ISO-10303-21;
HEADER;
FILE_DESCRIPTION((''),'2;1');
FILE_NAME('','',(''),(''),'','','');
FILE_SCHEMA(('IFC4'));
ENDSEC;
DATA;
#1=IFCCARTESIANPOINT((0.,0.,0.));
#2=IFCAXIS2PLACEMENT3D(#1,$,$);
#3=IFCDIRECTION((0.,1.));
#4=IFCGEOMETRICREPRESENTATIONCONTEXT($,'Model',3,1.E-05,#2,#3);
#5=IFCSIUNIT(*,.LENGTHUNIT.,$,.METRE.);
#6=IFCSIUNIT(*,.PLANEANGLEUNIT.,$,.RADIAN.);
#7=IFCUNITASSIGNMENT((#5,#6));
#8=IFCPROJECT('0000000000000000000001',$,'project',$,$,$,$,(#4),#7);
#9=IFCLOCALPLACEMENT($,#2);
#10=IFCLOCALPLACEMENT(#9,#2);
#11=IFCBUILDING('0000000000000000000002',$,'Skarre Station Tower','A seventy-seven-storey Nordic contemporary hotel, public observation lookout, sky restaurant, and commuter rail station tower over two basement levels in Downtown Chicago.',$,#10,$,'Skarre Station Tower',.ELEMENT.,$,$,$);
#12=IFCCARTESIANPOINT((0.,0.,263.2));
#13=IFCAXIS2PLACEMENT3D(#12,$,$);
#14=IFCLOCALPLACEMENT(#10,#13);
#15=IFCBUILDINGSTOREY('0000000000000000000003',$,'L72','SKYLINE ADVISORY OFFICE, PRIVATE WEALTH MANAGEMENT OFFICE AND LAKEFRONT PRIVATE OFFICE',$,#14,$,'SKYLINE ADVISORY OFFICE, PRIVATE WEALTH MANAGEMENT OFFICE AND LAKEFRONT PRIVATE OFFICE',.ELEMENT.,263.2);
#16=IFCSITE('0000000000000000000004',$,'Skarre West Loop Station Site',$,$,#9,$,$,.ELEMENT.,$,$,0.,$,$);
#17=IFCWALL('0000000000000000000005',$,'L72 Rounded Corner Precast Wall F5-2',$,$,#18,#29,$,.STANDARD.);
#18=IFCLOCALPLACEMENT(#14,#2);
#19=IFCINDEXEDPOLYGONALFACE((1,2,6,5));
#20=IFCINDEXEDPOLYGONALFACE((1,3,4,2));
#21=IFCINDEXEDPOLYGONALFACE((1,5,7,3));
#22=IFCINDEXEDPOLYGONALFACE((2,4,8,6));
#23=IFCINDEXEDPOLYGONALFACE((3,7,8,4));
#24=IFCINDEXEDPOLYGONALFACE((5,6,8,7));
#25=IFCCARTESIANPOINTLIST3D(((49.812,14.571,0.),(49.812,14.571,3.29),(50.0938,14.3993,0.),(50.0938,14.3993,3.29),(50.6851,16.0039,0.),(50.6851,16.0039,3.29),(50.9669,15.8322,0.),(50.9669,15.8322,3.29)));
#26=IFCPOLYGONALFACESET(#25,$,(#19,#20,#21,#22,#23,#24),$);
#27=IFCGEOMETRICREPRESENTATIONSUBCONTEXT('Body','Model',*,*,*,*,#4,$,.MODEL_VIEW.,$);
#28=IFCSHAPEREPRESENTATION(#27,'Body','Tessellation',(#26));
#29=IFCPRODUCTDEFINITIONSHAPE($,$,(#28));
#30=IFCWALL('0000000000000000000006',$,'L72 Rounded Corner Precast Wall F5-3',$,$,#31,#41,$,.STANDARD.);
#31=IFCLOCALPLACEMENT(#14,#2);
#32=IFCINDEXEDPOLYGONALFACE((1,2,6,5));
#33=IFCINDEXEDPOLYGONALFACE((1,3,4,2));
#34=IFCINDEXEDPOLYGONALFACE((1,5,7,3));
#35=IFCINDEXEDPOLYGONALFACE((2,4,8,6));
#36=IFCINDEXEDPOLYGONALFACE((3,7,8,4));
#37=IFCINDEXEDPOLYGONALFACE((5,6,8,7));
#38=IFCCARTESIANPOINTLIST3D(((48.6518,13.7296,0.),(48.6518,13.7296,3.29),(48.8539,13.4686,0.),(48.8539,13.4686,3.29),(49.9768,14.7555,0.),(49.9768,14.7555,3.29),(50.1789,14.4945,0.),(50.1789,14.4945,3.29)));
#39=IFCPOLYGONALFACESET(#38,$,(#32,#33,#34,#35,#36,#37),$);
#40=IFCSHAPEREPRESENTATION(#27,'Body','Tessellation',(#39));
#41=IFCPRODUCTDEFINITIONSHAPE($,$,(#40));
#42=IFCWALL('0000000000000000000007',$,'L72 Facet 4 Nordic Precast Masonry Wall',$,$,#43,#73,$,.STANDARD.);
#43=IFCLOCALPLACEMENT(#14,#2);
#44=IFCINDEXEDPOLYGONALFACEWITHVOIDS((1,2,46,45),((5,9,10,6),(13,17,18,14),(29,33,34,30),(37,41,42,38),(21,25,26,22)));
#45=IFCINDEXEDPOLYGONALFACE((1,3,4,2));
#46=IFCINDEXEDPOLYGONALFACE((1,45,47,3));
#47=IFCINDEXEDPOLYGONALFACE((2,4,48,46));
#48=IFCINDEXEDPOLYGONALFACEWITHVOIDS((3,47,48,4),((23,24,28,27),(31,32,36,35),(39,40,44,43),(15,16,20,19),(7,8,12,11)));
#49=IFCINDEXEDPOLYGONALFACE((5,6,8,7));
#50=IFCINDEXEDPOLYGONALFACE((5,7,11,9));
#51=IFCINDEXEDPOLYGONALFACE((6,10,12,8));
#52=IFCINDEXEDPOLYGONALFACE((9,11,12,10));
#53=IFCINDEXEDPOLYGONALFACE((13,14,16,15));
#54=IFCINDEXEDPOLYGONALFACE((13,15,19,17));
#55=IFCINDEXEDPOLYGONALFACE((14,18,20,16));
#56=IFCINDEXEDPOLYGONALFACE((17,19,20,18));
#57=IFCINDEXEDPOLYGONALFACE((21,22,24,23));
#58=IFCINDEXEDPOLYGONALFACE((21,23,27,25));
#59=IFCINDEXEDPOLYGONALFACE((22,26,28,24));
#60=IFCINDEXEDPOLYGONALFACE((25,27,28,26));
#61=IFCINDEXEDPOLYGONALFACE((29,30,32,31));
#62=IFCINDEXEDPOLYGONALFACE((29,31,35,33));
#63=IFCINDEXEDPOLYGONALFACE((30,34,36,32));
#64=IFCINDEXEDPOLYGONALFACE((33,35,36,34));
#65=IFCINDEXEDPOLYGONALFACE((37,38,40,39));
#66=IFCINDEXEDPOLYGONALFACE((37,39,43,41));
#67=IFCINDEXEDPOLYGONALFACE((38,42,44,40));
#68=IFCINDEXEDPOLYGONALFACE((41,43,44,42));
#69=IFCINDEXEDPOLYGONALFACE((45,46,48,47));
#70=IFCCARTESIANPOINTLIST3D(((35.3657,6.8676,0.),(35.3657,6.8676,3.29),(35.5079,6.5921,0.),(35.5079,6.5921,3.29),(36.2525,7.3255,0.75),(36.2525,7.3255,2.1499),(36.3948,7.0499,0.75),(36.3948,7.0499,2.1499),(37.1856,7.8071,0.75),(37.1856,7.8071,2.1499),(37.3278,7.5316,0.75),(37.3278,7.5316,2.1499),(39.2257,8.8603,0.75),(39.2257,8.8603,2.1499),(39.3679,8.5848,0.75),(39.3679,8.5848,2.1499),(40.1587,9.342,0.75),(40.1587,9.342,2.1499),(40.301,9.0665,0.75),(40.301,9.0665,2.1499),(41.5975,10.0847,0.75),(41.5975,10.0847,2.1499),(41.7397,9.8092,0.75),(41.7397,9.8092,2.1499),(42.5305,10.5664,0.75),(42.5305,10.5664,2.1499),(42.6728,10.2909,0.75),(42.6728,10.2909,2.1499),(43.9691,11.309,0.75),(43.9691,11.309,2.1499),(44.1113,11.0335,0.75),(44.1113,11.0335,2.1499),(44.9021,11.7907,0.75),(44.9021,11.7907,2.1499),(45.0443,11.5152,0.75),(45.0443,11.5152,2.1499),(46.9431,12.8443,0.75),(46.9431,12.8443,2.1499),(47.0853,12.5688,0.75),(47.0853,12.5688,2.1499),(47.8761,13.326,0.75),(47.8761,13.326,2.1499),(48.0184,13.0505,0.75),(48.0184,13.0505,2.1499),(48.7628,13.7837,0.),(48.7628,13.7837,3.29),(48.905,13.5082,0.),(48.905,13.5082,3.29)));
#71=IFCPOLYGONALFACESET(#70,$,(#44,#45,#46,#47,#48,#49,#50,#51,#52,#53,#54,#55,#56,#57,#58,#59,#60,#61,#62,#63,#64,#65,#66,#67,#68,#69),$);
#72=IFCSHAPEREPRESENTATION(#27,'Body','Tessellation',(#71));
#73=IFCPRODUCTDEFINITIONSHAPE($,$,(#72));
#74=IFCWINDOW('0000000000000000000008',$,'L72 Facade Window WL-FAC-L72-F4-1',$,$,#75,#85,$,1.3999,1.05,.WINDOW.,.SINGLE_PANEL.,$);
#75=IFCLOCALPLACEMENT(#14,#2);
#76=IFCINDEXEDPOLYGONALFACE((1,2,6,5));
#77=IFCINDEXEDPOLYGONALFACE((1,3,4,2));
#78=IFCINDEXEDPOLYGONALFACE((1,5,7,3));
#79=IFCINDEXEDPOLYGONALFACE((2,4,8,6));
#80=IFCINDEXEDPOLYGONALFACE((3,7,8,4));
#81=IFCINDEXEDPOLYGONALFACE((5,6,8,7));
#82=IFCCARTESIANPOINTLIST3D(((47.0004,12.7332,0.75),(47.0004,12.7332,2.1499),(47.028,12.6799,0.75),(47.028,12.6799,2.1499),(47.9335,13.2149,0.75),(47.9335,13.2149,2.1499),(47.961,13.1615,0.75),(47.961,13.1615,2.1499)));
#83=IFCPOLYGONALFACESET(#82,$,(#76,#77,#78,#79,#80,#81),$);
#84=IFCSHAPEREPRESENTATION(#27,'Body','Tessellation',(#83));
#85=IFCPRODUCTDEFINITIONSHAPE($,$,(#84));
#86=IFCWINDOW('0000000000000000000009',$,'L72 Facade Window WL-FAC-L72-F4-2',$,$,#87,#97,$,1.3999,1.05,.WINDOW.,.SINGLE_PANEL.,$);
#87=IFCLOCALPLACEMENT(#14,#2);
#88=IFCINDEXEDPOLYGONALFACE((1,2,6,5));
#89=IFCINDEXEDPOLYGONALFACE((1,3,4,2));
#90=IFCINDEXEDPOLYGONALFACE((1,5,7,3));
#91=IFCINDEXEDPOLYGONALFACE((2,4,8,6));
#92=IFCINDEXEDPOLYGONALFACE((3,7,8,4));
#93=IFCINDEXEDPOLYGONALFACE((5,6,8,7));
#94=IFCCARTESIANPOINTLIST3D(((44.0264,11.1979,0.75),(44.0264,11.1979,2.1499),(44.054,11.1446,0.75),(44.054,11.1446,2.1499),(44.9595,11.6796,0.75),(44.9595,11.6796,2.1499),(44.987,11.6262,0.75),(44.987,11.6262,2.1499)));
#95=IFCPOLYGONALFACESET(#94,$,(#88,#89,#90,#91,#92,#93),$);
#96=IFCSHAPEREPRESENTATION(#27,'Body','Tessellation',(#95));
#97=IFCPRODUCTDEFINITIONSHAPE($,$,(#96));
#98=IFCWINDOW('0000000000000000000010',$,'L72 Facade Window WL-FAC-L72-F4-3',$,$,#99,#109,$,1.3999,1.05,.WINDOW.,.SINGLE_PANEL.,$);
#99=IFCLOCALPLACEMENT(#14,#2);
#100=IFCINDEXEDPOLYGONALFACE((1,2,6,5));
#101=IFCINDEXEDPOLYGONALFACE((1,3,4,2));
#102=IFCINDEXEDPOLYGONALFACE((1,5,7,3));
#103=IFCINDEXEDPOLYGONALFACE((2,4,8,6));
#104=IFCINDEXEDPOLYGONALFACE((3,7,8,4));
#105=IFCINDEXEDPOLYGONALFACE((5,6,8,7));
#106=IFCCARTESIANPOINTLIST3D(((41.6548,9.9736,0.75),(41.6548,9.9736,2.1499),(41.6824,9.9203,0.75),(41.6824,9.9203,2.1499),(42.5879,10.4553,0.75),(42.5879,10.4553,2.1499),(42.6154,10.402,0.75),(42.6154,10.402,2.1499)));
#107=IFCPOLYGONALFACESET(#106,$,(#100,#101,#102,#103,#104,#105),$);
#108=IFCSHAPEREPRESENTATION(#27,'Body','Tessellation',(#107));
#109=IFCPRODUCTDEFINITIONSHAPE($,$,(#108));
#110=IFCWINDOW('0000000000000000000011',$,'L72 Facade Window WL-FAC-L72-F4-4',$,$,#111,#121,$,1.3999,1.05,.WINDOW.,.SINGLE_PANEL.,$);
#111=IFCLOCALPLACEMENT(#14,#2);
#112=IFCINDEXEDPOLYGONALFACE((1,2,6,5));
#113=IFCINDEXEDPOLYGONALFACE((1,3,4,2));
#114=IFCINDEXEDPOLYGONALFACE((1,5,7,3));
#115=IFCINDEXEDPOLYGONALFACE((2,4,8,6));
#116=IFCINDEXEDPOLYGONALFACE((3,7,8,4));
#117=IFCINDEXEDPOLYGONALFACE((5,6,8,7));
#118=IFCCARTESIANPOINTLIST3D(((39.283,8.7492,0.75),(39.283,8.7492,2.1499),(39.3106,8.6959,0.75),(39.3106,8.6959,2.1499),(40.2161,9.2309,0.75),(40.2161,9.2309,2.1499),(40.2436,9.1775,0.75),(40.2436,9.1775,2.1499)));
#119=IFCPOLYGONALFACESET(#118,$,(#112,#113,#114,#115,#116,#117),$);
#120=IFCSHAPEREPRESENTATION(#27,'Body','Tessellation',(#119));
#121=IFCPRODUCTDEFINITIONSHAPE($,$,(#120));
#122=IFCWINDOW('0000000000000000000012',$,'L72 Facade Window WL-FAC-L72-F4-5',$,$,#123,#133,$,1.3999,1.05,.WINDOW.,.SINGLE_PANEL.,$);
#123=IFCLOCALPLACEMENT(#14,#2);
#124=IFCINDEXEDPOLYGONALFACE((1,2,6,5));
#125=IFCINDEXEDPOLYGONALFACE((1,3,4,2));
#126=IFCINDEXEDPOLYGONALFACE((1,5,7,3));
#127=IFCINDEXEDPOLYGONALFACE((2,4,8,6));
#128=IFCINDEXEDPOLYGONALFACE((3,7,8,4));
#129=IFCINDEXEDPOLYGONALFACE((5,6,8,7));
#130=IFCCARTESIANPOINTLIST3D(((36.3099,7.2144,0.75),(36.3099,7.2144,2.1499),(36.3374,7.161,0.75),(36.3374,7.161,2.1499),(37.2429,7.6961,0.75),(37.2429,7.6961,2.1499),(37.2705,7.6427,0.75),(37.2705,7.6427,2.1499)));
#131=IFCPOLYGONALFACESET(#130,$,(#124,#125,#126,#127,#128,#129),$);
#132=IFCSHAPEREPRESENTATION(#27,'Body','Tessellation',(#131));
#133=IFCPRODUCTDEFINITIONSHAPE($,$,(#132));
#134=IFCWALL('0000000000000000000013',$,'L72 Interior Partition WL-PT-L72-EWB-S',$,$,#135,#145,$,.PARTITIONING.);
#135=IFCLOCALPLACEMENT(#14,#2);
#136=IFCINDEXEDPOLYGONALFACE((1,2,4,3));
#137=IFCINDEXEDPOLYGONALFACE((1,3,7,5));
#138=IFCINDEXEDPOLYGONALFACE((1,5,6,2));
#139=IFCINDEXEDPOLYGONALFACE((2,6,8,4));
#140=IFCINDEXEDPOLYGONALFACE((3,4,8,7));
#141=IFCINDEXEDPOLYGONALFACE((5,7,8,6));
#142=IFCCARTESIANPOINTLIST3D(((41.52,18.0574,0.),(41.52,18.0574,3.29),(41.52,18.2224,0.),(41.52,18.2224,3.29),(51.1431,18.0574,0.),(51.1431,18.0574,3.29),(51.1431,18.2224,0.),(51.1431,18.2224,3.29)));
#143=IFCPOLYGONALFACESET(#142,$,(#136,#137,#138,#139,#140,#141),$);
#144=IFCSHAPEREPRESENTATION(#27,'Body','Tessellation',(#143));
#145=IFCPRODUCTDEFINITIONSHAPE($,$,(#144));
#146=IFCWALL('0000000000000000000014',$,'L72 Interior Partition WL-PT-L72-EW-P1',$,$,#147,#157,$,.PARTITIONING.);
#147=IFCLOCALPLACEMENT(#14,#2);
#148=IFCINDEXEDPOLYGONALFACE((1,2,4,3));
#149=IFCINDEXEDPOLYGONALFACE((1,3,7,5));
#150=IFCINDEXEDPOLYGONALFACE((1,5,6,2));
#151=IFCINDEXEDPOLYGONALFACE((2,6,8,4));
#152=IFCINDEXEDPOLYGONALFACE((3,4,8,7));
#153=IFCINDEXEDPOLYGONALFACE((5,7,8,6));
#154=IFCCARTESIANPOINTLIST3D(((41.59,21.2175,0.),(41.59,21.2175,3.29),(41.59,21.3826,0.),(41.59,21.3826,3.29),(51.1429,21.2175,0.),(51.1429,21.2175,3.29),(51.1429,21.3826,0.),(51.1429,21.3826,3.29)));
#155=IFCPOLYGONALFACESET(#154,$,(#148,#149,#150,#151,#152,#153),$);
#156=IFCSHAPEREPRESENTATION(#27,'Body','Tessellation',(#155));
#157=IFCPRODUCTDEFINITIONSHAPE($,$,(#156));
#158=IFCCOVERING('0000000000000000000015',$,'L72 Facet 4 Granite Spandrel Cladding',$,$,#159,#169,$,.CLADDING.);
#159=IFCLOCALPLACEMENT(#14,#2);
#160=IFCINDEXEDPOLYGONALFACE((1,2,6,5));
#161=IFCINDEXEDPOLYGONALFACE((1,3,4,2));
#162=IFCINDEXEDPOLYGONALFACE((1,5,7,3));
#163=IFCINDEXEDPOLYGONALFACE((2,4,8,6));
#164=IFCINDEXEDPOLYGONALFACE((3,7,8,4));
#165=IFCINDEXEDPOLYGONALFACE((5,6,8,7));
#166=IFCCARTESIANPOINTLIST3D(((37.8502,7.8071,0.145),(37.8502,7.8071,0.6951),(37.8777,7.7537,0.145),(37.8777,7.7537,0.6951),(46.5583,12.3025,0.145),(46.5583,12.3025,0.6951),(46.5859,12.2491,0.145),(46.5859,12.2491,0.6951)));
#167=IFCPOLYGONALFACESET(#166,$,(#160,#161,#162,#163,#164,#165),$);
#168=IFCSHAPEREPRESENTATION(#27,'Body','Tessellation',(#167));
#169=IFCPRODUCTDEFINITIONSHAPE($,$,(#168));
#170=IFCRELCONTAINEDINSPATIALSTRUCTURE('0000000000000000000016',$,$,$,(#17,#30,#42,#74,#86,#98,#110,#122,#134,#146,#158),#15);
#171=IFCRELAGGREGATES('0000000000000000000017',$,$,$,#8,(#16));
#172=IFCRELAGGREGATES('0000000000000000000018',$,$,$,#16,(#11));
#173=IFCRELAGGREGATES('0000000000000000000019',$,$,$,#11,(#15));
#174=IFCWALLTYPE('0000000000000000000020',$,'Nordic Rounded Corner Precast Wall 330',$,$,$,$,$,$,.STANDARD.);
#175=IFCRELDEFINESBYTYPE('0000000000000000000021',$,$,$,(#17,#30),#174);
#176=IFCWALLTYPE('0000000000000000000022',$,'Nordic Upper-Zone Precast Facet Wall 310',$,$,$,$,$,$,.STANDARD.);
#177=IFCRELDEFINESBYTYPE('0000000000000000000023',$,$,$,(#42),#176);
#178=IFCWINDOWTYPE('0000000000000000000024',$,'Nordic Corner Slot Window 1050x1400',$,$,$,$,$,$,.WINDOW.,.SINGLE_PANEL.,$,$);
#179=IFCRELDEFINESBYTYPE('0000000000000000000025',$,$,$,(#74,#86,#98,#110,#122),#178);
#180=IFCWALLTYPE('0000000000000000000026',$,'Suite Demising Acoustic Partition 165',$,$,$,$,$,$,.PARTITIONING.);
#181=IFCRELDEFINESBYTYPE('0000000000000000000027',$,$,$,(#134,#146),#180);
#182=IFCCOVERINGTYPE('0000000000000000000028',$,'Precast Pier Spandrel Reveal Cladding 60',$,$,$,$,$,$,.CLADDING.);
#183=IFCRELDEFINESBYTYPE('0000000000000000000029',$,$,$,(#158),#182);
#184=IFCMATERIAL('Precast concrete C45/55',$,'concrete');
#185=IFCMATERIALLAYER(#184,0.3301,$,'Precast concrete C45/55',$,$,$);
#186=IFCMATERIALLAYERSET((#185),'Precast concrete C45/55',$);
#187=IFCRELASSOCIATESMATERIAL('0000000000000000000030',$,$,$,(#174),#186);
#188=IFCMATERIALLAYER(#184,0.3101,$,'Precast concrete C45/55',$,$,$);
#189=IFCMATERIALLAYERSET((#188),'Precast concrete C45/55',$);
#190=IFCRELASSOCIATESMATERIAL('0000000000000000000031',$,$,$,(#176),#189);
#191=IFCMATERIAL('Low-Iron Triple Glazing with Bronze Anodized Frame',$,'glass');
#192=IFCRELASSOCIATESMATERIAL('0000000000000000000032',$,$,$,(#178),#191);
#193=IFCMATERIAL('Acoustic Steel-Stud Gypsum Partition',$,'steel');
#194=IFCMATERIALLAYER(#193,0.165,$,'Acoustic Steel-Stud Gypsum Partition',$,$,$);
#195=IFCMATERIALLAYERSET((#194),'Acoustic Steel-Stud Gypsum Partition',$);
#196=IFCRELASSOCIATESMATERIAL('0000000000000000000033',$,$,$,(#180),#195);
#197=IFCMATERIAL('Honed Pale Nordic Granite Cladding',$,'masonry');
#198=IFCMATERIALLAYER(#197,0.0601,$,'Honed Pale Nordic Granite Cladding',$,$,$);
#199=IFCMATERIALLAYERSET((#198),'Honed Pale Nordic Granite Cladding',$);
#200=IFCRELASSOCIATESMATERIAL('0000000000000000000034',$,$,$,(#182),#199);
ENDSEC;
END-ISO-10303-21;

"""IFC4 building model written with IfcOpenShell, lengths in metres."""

from ifc_helpers import new_model, si_unit, direction, frame, frame_2d, origin, origin_2d, place, context, subcontext, project, spatial, rectangle, extrude, material, layer, layer_set, type_object, element, fill, save


model = new_model("IFC4")

# Units and contexts
model_context = context("Model", 3, precision=1e-05, world=origin(), true_north=direction((0.0, 1.0)))
body_context = subcontext(model_context, "Body", "Model", "MODEL_VIEW")
ifc_project = project(units=[si_unit("LENGTHUNIT", "METRE"), si_unit("PLANEANGLEUNIT", "RADIAN")], contexts=[model_context])

# Site, building, storey
site_placement = place(None, origin())
site = spatial("IfcSite", under=ifc_project, at=site_placement, Name="Skarre West Loop Station Site", CompositionType="ELEMENT", RefElevation=0.0)
building_placement = place(site_placement, origin())
building = spatial("IfcBuilding", under=site, at=building_placement, Name="Skarre Station Tower", Description="A seventy-seven-storey Nordic contemporary hotel, public observation lookout, sky restaurant, and commuter rail station tower over two basement levels in Downtown Chicago.", LongName="Skarre Station Tower", CompositionType="ELEMENT")
storey_placement = place(building_placement, frame((0.0, 0.0, 263.2)))
storey = spatial("IfcBuildingStorey", under=building, at=storey_placement, Name="L72", Description="SKYLINE ADVISORY OFFICE, PRIVATE WEALTH MANAGEMENT OFFICE AND LAKEFRONT PRIVATE OFFICE", LongName="SKYLINE ADVISORY OFFICE, PRIVATE WEALTH MANAGEMENT OFFICE AND LAKEFRONT PRIVATE OFFICE", CompositionType="ELEMENT", Elevation=263.2)

# Shared definitions
ifc_material_1 = material(Name="Acoustic Steel-Stud Gypsum Partition", Category="steel")

# Walls
ifc_material_2 = material(Name="Precast concrete C45/55", Category="concrete")
ifc_layer_1 = layer(ifc_material_2, 0.3301, Name="Precast concrete C45/55")
ifc_layer_set_1 = layer_set([ifc_layer_1], Name="Precast concrete C45/55")
wall_type_1 = type_object("IfcWallType", Name="Nordic Rounded Corner Precast Wall 330", PredefinedType="STANDARD", material=ifc_layer_set_1)
wall_1_placement = place(storey_placement, frame((50.8259, 15.918, 0.0), z_axis=(0.0, 0.0, 1.0), x_axis=(-0.520325, -0.853968, 0.0)))
element("IfcWall", 1, at=wall_1_placement, inside=storey, type_object=wall_type_1, Name="L72 Rounded Corner Precast Wall F5-2", PredefinedType="STANDARD", context=body_context, shape_type="SweptSolid", body=[
    extrude(rectangle(XDim=1.678, YDim=0.3301, at=frame_2d((0.8389, 0.0))), origin(), (0.0, 0.0, 1.0), 3.29),
])
wall_2_placement = place(storey_placement, frame((50.0779, 14.625, 0.0), z_axis=(0.0, 0.0, 1.0), x_axis=(-0.790692, -0.612214, 0.0)))
element("IfcWall", 2, at=wall_2_placement, inside=storey, type_object=wall_type_1, Name="L72 Rounded Corner Precast Wall F5-3", PredefinedType="STANDARD", context=body_context, shape_type="SweptSolid", body=[
    extrude(rectangle(XDim=1.6758, YDim=0.3301, at=frame_2d((0.8379, 0.0))), origin(), (0.0, 0.0, 1.0), 3.29),
])

# Wall, openings, windows
ifc_layer_2 = layer(ifc_material_2, 0.3101, Name="Precast concrete C45/55")
ifc_layer_set_2 = layer_set([ifc_layer_2], Name="Precast concrete C45/55")
wall_type_2 = type_object("IfcWallType", Name="Nordic Upper-Zone Precast Facet Wall 310", PredefinedType="STANDARD", material=ifc_layer_set_2)
wall_3_placement = place(storey_placement, frame((48.834, 13.646, 0.0), z_axis=(0.0, 0.0, 1.0), x_axis=(-0.888581, -0.458719, 0.0)))
wall_3 = element("IfcWall", 3, at=wall_3_placement, inside=storey, type_object=wall_type_2, Name="L72 Facet 4 Nordic Precast Masonry Wall", PredefinedType="STANDARD", context=body_context, shape_type="SweptSolid", body=[
    extrude(rectangle(XDim=15.0769, YDim=0.3101, at=frame_2d((7.5386, 0.0))), origin(), (0.0, 0.0, 1.0), 3.29),
])
opening_1_placement = place(wall_3_placement, frame((0.998, 0.0, 0.75)))
opening_1 = element("IfcOpeningElement", 4, at=opening_1_placement, cuts=wall_3, PredefinedType="OPENING", context=body_context, shape_type="SweptSolid", body=[
    extrude(rectangle(XDim=1.05, YDim=1.3999, at=frame_2d((0.5249, 0.7))), frame((0.0, 0.165, 0.0), z_axis=(0.0, -1.0, 0.0), x_axis=(1.0, 0.0, 0.0)), (0.0, 0.0, 1.0), 0.3301),
])
opening_2_placement = place(wall_3_placement, frame((4.345, 0.0, 0.75)))
opening_2 = element("IfcOpeningElement", 5, at=opening_2_placement, cuts=wall_3, PredefinedType="OPENING", context=body_context, shape_type="SweptSolid", body=[
    extrude(rectangle(XDim=1.05, YDim=1.3999, at=frame_2d((0.5249, 0.7))), frame((0.0, 0.165, 0.0), z_axis=(0.0, -1.0, 0.0), x_axis=(1.0, 0.0, 0.0)), (0.0, 0.0, 1.0), 0.3301),
])
opening_3_placement = place(wall_3_placement, frame((7.0139, 0.0, 0.75)))
opening_3 = element("IfcOpeningElement", 6, at=opening_3_placement, cuts=wall_3, PredefinedType="OPENING", context=body_context, shape_type="SweptSolid", body=[
    extrude(rectangle(XDim=1.05, YDim=1.3999, at=frame_2d((0.5249, 0.7))), frame((0.0, 0.165, 0.0), z_axis=(0.0, -1.0, 0.0), x_axis=(1.0, 0.0, 0.0)), (0.0, 0.0, 1.0), 0.3301),
])
opening_4_placement = place(wall_3_placement, frame((9.6831, 0.0, 0.75)))
opening_4 = element("IfcOpeningElement", 7, at=opening_4_placement, cuts=wall_3, PredefinedType="OPENING", context=body_context, shape_type="SweptSolid", body=[
    extrude(rectangle(XDim=1.05, YDim=1.3999, at=frame_2d((0.5249, 0.7))), frame((0.0, 0.165, 0.0), z_axis=(0.0, -1.0, 0.0), x_axis=(1.0, 0.0, 0.0)), (0.0, 0.0, 1.0), 0.3301),
])
opening_5_placement = place(wall_3_placement, frame((13.0291, 0.0, 0.75)))
opening_5 = element("IfcOpeningElement", 8, at=opening_5_placement, cuts=wall_3, PredefinedType="OPENING", context=body_context, shape_type="SweptSolid", body=[
    extrude(rectangle(XDim=1.05, YDim=1.3999, at=frame_2d((0.5249, 0.7))), frame((0.0, 0.165, 0.0), z_axis=(0.0, -1.0, 0.0), x_axis=(1.0, 0.0, 0.0)), (0.0, 0.0, 1.0), 0.3301),
])
ifc_material_3 = material(Name="Low-Iron Triple Glazing with Bronze Anodized Frame", Category="glass")
window_type = type_object("IfcWindowType", Name="Nordic Corner Slot Window 1050x1400", PartitioningType="SINGLE_PANEL", PredefinedType="WINDOW", material=ifc_material_3)
window_1_placement = place(opening_1_placement, origin())
window_1 = element("IfcWindow", 9, at=window_1_placement, inside=storey, type_object=window_type, Name="L72 Facade Window WL-FAC-L72-F4-1", OverallHeight=1.3999, OverallWidth=1.05, PartitioningType="SINGLE_PANEL", PredefinedType="WINDOW", context=body_context, shape_type="SweptSolid", body=[
    extrude(rectangle(XDim=1.05, YDim=1.3999, at=frame_2d((0.5249, 0.7))), frame((0.0, 0.03, 0.0), z_axis=(0.0, -1.0, 0.0), x_axis=(1.0, 0.0, 0.0)), (0.0, 0.0, 1.0), 0.0601),
])
fill(opening_1, window_1)
window_2_placement = place(opening_2_placement, origin())
window_2 = element("IfcWindow", 10, at=window_2_placement, inside=storey, type_object=window_type, Name="L72 Facade Window WL-FAC-L72-F4-2", OverallHeight=1.3999, OverallWidth=1.05, PartitioningType="SINGLE_PANEL", PredefinedType="WINDOW", context=body_context, shape_type="SweptSolid", body=[
    extrude(rectangle(XDim=1.05, YDim=1.3999, at=frame_2d((0.5249, 0.7))), frame((0.0, 0.03, 0.0), z_axis=(0.0, -1.0, 0.0), x_axis=(1.0, 0.0, 0.0)), (0.0, 0.0, 1.0), 0.0601),
])
fill(opening_2, window_2)
window_3_placement = place(opening_3_placement, origin())
window_3 = element("IfcWindow", 11, at=window_3_placement, inside=storey, type_object=window_type, Name="L72 Facade Window WL-FAC-L72-F4-3", OverallHeight=1.3999, OverallWidth=1.05, PartitioningType="SINGLE_PANEL", PredefinedType="WINDOW", context=body_context, shape_type="SweptSolid", body=[
    extrude(rectangle(XDim=1.05, YDim=1.3999, at=frame_2d((0.5249, 0.7))), frame((0.0, 0.03, 0.0), z_axis=(0.0, -1.0, 0.0), x_axis=(1.0, 0.0, 0.0)), (0.0, 0.0, 1.0), 0.0601),
])
fill(opening_3, window_3)
window_4_placement = place(opening_4_placement, origin())
window_4 = element("IfcWindow", 12, at=window_4_placement, inside=storey, type_object=window_type, Name="L72 Facade Window WL-FAC-L72-F4-4", OverallHeight=1.3999, OverallWidth=1.05, PartitioningType="SINGLE_PANEL", PredefinedType="WINDOW", context=body_context, shape_type="SweptSolid", body=[
    extrude(rectangle(XDim=1.05, YDim=1.3999, at=frame_2d((0.5249, 0.7))), frame((0.0, 0.03, 0.0), z_axis=(0.0, -1.0, 0.0), x_axis=(1.0, 0.0, 0.0)), (0.0, 0.0, 1.0), 0.0601),
])
fill(opening_4, window_4)
window_5_placement = place(opening_5_placement, origin())
window_5 = element("IfcWindow", 13, at=window_5_placement, inside=storey, type_object=window_type, Name="L72 Facade Window WL-FAC-L72-F4-5", OverallHeight=1.3999, OverallWidth=1.05, PartitioningType="SINGLE_PANEL", PredefinedType="WINDOW", context=body_context, shape_type="SweptSolid", body=[
    extrude(rectangle(XDim=1.05, YDim=1.3999, at=frame_2d((0.5249, 0.7))), frame((0.0, 0.03, 0.0), z_axis=(0.0, -1.0, 0.0), x_axis=(1.0, 0.0, 0.0)), (0.0, 0.0, 1.0), 0.0601),
])
fill(opening_5, window_5)

# Walls
ifc_layer_3 = layer(ifc_material_1, 0.165, Name="Acoustic Steel-Stud Gypsum Partition")
ifc_layer_set_3 = layer_set([ifc_layer_3], Name="Acoustic Steel-Stud Gypsum Partition")
wall_type_3 = type_object("IfcWallType", Name="Suite Demising Acoustic Partition 165", PredefinedType="PARTITIONING", material=ifc_layer_set_3)
wall_4_placement = place(storey_placement, frame((41.52, 18.1399, 0.0), z_axis=(0.0, 0.0, 1.0), x_axis=(1.0, 0.0, 0.0)))
element("IfcWall", 14, at=wall_4_placement, inside=storey, type_object=wall_type_3, Name="L72 Interior Partition WL-PT-L72-EWB-S", PredefinedType="PARTITIONING", context=body_context, shape_type="SweptSolid", body=[
    extrude(rectangle(XDim=9.623, YDim=0.165, at=frame_2d((4.8115, 0.0))), origin(), (0.0, 0.0, 1.0), 3.29),
])
wall_5_placement = place(storey_placement, frame((41.5901, 21.3, 0.0), z_axis=(0.0, 0.0, 1.0), x_axis=(1.0, 0.0, 0.0)))
element("IfcWall", 15, at=wall_5_placement, inside=storey, type_object=wall_type_3, Name="L72 Interior Partition WL-PT-L72-EW-P1", PredefinedType="PARTITIONING", context=body_context, shape_type="SweptSolid", body=[
    extrude(rectangle(XDim=9.553, YDim=0.165, at=frame_2d((4.7764, 0.0))), origin(), (0.0, 0.0, 1.0), 3.29),
])

# Covering
ifc_material_4 = material(Name="Honed Pale Nordic Granite Cladding", Category="masonry")
ifc_layer_4 = layer(ifc_material_4, 0.0601, Name="Honed Pale Nordic Granite Cladding")
ifc_layer_set_4 = layer_set([ifc_layer_4], Name="Honed Pale Nordic Granite Cladding")
covering_type = type_object("IfcCoveringType", Name="Precast Pier Spandrel Reveal Cladding 60", PredefinedType="CLADDING", material=ifc_layer_set_4)
covering_placement = place(storey_placement, frame((42.218, 10.0281, 0.145), z_axis=(0.0, 0.0, 1.0), x_axis=(0.888585, 0.458712, 0.0)))
element("IfcCovering", 16, at=covering_placement, inside=storey, type_object=covering_type, Name="L72 Facet 4 Granite Spandrel Cladding", PredefinedType="CLADDING", context=body_context, shape_type="SweptSolid", body=[
    extrude(rectangle(XDim=9.8, YDim=0.0601, at=origin_2d()), origin(), (0.0, 0.0, 1.0), 0.55),
])

save(model, "model.ifc")
